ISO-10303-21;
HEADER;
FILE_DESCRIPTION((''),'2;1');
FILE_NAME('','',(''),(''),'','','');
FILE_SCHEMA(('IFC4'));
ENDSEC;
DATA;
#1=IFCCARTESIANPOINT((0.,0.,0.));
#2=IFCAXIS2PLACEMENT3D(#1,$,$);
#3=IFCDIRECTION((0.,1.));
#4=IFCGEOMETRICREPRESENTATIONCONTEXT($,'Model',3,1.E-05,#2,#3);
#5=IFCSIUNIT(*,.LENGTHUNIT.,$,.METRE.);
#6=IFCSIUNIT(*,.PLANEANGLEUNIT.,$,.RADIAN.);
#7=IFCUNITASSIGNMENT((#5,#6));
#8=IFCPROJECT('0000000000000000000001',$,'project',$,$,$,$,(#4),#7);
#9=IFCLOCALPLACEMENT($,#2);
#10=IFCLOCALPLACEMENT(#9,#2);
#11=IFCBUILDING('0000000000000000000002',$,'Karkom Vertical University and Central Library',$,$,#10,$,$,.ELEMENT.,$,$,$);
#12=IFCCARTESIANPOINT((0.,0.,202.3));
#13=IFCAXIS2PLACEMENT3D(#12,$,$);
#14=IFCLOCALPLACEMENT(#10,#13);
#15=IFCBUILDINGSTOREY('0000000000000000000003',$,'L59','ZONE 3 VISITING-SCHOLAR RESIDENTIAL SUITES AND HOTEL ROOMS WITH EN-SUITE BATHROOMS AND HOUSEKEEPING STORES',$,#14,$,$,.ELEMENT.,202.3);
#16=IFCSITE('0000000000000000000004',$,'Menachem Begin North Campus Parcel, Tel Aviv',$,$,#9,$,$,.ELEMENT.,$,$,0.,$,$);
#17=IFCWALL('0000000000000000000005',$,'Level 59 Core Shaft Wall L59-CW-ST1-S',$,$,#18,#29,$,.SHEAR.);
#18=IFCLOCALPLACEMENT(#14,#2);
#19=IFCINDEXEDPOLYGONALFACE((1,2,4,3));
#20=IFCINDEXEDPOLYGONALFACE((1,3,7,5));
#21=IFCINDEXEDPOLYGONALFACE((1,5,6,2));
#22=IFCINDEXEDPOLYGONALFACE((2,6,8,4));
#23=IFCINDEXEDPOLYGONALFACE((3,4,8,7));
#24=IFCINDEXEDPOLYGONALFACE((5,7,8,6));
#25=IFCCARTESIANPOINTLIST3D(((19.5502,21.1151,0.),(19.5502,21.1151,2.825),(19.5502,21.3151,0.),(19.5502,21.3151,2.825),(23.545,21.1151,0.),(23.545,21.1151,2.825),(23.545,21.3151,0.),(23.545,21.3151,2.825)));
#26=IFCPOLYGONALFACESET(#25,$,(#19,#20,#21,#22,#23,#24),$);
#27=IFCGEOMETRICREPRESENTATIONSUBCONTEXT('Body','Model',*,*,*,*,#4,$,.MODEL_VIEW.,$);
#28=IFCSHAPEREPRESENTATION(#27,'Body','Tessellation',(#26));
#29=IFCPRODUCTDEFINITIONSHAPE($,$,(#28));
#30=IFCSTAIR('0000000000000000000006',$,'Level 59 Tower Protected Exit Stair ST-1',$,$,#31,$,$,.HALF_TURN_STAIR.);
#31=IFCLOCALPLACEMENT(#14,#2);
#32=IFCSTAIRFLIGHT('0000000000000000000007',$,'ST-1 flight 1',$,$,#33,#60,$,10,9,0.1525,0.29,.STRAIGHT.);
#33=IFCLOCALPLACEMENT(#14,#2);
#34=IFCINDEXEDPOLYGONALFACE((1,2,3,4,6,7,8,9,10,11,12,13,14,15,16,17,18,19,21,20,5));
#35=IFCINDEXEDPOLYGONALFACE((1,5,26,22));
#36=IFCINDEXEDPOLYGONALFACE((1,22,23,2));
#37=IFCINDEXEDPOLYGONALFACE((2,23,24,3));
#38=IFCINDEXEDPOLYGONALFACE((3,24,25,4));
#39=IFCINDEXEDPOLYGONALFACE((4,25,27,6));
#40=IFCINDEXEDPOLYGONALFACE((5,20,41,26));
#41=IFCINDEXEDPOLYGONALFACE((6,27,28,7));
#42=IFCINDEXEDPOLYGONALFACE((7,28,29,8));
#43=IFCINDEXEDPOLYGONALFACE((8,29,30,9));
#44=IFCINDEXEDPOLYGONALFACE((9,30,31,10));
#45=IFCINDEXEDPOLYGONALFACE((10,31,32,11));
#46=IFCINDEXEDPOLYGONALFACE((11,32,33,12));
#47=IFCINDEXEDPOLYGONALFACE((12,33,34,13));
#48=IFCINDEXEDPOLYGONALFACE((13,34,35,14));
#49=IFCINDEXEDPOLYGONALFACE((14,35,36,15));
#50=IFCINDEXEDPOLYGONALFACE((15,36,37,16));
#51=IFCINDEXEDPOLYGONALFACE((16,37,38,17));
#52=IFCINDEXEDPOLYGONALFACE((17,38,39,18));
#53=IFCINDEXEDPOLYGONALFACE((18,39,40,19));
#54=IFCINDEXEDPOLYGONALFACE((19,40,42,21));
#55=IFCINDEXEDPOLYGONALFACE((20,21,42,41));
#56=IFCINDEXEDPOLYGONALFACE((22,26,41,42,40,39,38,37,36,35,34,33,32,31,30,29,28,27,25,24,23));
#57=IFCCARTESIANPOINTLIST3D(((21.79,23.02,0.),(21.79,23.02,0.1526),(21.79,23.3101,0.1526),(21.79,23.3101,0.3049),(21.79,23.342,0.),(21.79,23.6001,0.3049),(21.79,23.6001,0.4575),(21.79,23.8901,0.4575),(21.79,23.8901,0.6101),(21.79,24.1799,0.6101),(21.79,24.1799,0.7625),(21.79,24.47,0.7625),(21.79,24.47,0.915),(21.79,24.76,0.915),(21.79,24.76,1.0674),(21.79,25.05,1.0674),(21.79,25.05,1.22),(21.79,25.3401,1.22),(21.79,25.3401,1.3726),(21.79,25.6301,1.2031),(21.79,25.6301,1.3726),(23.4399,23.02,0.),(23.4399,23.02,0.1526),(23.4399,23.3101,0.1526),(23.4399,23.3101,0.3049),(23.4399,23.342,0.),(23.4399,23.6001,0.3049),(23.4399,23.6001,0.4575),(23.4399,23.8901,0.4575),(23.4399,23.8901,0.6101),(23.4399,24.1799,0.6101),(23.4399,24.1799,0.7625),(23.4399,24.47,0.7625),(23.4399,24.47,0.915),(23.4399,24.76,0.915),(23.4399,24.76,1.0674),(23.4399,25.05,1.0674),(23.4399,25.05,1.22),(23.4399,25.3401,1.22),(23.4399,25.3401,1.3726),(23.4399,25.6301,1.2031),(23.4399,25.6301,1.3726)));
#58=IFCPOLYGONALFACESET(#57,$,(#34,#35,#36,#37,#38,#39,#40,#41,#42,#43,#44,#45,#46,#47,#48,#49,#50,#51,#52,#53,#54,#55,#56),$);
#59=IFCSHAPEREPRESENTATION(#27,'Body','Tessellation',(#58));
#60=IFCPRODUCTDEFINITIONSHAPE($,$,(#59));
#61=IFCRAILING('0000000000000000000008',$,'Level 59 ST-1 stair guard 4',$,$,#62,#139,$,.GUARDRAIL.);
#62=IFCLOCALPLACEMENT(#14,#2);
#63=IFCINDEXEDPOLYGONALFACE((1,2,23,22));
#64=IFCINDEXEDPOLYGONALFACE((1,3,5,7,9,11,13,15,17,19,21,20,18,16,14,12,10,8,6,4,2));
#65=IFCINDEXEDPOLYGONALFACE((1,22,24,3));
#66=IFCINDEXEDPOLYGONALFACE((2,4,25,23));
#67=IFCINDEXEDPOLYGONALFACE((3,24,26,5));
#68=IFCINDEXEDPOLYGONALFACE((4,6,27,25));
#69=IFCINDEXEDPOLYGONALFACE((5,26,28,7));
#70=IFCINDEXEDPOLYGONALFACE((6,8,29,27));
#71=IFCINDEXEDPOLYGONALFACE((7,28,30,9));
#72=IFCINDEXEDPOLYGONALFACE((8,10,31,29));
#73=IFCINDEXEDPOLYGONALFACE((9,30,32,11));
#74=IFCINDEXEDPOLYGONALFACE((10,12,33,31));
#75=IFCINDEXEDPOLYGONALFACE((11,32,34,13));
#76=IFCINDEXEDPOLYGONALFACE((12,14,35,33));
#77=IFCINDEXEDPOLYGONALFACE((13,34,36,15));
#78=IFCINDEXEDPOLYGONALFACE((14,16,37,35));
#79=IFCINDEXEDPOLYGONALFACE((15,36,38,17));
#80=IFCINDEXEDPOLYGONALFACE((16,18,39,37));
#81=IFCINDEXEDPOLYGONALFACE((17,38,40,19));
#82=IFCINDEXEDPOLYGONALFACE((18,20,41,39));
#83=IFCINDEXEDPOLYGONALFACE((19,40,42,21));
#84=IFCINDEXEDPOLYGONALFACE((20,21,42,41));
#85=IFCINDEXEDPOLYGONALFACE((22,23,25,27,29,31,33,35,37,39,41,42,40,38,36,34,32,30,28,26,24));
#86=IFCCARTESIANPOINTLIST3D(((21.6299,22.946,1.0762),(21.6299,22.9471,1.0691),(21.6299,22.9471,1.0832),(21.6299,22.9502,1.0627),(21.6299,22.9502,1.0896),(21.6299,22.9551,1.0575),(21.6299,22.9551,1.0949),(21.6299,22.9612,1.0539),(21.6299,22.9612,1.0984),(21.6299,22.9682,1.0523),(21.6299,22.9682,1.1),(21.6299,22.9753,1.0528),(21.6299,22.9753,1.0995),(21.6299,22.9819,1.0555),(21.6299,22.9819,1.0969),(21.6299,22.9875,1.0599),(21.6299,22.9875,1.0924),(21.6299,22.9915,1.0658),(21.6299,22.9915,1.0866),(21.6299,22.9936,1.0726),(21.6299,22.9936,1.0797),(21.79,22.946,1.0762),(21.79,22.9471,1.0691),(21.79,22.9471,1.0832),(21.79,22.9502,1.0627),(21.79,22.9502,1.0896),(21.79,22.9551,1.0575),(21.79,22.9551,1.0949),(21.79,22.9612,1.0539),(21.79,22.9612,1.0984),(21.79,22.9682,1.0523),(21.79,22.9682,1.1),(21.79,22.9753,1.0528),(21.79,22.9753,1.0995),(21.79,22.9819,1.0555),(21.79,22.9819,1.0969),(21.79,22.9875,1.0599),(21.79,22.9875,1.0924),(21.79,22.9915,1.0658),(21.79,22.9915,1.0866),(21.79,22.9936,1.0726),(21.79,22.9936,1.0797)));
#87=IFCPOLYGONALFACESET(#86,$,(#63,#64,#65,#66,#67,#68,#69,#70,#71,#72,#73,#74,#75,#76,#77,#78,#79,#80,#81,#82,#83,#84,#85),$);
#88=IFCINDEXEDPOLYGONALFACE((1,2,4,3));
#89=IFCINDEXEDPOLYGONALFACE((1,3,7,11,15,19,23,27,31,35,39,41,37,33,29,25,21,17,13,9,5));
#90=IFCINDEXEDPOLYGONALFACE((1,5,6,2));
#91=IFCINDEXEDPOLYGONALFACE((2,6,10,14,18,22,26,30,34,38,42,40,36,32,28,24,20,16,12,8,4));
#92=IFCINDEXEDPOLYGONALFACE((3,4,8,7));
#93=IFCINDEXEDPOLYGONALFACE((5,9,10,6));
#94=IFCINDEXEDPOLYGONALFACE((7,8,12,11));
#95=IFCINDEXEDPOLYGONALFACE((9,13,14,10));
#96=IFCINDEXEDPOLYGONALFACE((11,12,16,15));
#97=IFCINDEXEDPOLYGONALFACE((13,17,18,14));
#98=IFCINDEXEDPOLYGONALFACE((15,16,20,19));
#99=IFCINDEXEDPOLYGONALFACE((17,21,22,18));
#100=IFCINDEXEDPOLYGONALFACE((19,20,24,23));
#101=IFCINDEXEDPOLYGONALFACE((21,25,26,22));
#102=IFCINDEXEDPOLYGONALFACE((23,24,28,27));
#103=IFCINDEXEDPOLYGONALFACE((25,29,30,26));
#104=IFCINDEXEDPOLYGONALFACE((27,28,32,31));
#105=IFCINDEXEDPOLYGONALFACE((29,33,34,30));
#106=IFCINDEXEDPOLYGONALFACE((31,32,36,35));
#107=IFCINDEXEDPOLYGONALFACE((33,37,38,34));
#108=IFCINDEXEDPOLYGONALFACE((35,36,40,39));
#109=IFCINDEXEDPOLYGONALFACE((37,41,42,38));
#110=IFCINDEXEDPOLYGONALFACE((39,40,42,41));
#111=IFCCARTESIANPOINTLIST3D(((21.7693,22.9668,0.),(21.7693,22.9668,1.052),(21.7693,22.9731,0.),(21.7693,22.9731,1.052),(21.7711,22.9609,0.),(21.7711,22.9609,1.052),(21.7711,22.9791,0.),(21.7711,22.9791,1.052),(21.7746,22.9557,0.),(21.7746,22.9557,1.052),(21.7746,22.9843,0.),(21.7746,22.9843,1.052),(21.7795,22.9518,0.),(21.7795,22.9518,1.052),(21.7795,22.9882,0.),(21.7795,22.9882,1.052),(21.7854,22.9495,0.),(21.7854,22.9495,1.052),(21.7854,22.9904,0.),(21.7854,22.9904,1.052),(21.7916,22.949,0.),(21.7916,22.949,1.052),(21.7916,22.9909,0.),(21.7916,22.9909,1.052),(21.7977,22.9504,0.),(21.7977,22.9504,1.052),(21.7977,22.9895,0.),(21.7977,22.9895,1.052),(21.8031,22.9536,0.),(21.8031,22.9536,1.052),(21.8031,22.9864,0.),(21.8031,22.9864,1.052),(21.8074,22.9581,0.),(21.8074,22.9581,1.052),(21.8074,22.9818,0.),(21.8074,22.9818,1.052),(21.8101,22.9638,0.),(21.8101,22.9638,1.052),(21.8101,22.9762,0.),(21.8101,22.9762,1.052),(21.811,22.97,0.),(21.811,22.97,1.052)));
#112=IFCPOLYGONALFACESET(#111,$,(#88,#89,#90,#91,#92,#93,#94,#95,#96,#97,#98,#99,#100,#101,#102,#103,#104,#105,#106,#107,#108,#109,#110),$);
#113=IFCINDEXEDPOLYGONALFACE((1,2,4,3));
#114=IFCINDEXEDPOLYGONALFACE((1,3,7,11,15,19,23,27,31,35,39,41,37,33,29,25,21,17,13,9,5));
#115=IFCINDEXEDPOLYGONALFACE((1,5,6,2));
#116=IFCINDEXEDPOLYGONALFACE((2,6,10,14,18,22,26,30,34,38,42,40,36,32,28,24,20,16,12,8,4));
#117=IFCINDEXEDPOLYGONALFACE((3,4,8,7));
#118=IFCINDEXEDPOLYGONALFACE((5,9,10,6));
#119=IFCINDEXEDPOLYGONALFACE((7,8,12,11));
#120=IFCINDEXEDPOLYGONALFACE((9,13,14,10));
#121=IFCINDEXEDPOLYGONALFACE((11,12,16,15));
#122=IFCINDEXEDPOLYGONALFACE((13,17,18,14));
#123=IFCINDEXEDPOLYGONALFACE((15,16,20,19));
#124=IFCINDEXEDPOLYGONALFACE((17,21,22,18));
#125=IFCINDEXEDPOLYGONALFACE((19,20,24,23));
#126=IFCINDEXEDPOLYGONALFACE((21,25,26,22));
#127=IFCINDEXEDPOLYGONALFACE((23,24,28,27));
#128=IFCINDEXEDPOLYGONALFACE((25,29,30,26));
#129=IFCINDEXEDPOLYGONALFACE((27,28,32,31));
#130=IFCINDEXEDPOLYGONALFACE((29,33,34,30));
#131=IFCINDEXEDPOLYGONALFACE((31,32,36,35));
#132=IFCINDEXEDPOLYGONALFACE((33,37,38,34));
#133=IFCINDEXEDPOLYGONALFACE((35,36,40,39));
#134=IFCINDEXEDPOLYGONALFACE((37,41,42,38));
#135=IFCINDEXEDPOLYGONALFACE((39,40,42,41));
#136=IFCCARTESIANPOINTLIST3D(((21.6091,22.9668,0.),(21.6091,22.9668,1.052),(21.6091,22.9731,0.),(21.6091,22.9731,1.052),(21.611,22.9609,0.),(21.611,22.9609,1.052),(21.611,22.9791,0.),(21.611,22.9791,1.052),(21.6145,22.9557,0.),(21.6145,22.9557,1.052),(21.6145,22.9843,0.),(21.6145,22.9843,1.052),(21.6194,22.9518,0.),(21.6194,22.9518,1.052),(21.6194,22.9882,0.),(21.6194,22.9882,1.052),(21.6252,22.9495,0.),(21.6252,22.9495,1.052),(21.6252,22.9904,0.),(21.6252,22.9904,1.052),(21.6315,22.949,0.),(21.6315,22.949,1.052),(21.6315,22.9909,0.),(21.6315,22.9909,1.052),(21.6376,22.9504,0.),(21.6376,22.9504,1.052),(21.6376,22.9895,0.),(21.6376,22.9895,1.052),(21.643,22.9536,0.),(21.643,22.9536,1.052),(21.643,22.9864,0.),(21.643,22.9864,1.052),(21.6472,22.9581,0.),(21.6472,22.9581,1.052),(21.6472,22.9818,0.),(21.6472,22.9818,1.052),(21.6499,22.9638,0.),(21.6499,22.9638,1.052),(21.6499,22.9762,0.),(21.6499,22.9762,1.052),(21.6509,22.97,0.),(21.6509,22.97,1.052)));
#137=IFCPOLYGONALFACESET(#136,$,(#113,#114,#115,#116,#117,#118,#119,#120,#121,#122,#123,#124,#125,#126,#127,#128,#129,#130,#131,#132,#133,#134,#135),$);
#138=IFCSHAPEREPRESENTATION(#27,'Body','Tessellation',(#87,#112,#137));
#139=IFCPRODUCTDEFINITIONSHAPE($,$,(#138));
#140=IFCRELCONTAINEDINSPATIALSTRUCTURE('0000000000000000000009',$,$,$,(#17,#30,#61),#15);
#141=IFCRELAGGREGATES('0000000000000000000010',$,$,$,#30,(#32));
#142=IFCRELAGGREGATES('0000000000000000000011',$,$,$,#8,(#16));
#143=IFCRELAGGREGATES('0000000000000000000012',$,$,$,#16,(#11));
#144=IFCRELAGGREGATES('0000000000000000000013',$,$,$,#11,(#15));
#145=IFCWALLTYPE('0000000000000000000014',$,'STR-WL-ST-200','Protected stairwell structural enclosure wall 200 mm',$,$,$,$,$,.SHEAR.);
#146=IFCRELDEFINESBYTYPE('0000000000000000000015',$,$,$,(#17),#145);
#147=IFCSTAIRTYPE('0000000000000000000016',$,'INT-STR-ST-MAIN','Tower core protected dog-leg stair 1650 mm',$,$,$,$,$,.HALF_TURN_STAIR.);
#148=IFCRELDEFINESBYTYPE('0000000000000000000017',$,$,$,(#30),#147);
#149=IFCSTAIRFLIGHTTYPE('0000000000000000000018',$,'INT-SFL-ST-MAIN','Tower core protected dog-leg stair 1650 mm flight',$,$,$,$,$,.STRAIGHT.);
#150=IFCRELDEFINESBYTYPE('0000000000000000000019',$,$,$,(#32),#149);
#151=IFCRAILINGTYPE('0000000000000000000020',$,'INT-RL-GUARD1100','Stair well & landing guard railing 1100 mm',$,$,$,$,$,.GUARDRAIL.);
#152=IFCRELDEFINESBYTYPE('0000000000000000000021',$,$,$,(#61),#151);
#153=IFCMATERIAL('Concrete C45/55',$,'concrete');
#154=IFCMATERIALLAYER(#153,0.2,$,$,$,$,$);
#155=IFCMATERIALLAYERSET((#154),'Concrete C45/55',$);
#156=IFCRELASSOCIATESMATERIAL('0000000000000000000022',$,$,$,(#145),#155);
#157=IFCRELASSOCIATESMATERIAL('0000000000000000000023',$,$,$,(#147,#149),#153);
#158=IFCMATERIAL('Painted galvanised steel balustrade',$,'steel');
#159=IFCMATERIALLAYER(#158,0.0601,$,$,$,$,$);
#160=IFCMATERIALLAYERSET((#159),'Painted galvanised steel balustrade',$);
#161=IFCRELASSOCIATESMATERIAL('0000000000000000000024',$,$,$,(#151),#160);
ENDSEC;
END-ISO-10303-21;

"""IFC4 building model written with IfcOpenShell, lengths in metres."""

from ifc_helpers import new_model, si_unit, direction, frame, frame_2d, origin, origin_2d, place, context, subcontext, project, spatial, polyline, rectangle, circle, outline, extrude, material, layer, layer_set, type_object, element, aggregate, save


model = new_model("IFC4")

# Units and contexts
model_context = context("Model", 3, precision=1e-05, world=origin(), true_north=direction((0.0, 1.0)))
body_context = subcontext(model_context, "Body", "Model", "MODEL_VIEW")
ifc_project = project(units=[si_unit("LENGTHUNIT", "METRE"), si_unit("PLANEANGLEUNIT", "RADIAN")], contexts=[model_context])

# Site, building, storey
site_placement = place(None, origin())
site = spatial("IfcSite", under=ifc_project, at=site_placement, Name="Menachem Begin North Campus Parcel, Tel Aviv", CompositionType="ELEMENT", RefElevation=0.0)
building_placement = place(site_placement, origin())
building = spatial("IfcBuilding", under=site, at=building_placement, Name="Karkom Vertical University and Central Library", CompositionType="ELEMENT")
storey_placement = place(building_placement, frame((0.0, 0.0, 202.3)))
storey = spatial("IfcBuildingStorey", under=building, at=storey_placement, Name="L59", Description="ZONE 3 VISITING-SCHOLAR RESIDENTIAL SUITES AND HOTEL ROOMS WITH EN-SUITE BATHROOMS AND HOUSEKEEPING STORES", CompositionType="ELEMENT", Elevation=202.3)

# Shared definitions
ifc_material_1 = material(Name="Concrete C45/55", Category="concrete")
ifc_layer_1 = layer(ifc_material_1, 0.2)
ifc_layer_set_1 = layer_set([ifc_layer_1], Name="Concrete C45/55")
wall_type_1 = type_object("IfcWallType", Name="STR-WL-ST-200", Description="Protected stairwell structural enclosure wall 200 mm", PredefinedType="SHEAR", material=ifc_layer_set_1)

# Wall
wall_1_placement = place(storey_placement, frame((19.55, 21.2151, 0.0), z_axis=(0.0, 0.0, 1.0), x_axis=(1.0, 0.0, 0.0)))
element("IfcWall", 1, at=wall_1_placement, inside=storey, type_object=wall_type_1, Name="Level 59 Core Shaft Wall L59-CW-ST1-S", PredefinedType="SHEAR", context=body_context, shape_type="SweptSolid", body=[
    extrude(rectangle(XDim=3.9949, YDim=0.2, at=frame_2d((1.9976, 0.0))), origin(), (0.0, 0.0, 1.0), 2.825),
])

# Stair, stair flight
stair_type = type_object("IfcStairType", Name="INT-STR-ST-MAIN", Description="Tower core protected dog-leg stair 1650 mm", PredefinedType="HALF_TURN_STAIR", material=ifc_material_1)
stair_placement = place(storey_placement, origin())
stair = element("IfcStair", 2, at=stair_placement, inside=storey, type_object=stair_type, Name="Level 59 Tower Protected Exit Stair ST-1", PredefinedType="HALF_TURN_STAIR")
stair_flight_type = type_object("IfcStairFlightType", Name="INT-SFL-ST-MAIN", Description="Tower core protected dog-leg stair 1650 mm flight", PredefinedType="STRAIGHT", material=ifc_material_1)
stair_flight_placement = place(storey_placement, frame((22.615, 23.02, 0.0), z_axis=(0.0, 0.0, 1.0), x_axis=(0.0, 1.0, 0.0)))
stair_flight = element("IfcStairFlight", 3, at=stair_flight_placement, type_object=stair_flight_type, Name="ST-1 flight 1", NumberOfRisers=10, NumberOfTreads=9, PredefinedType="STRAIGHT", RiserHeight=0.1525, TreadLength=0.29, context=body_context, shape_type="SweptSolid", body=[
    extrude(outline(polyline([(0.0, 0.0), (0.0, 0.1526), (0.29, 0.1526), (0.29, 0.3049), (0.5801, 0.3049), (0.5801, 0.4575), (0.8701, 0.4575), (0.8701, 0.6101), (1.1599, 0.6101), (1.1599, 0.7625), (1.45, 0.7625), (1.45, 0.915), (1.74, 0.915), (1.74, 1.0674), (2.03, 1.0674), (2.03, 1.22), (2.3201, 1.22), (2.3201, 1.3726), (2.6101, 1.3726), (2.6101, 1.5249), (2.6101, 1.2031), (0.322, 0.0), (0.0, 0.0)])), frame((0.0, 0.825, 0.0), z_axis=(0.0, -1.0, 0.0), x_axis=(1.0, 0.0, 0.0)), (0.0, 0.0, 1.0), 1.6499),
])
aggregate(stair, [stair_flight])

# Railing
ifc_material_2 = material(Name="Painted galvanised steel balustrade", Category="steel")
ifc_layer_2 = layer(ifc_material_2, 0.0601)
ifc_layer_set_2 = layer_set([ifc_layer_2], Name="Painted galvanised steel balustrade")
railing_type = type_object("IfcRailingType", Name="INT-RL-GUARD1100", Description="Stair well & landing guard railing 1100 mm", PredefinedType="GUARDRAIL", material=ifc_layer_set_2)
railing_placement = place(storey_placement, frame((21.79, 22.97, 0.0)))
element("IfcRailing", 4, at=railing_placement, inside=storey, type_object=railing_type, Name="Level 59 ST-1 stair guard 4", PredefinedType="GUARDRAIL", context=body_context, shape_type="SweptSolid", body=[
    extrude(circle(Radius=0.0239, at=origin_2d()), frame((0.0, 0.0, 1.0762), z_axis=(-1.0, 0.0, 0.0), x_axis=(0.0, -1.0, 0.0)), (0.0, 0.0, 1.0), 0.1602),
    extrude(circle(Radius=0.021, at=origin_2d()), origin(), (0.0, 0.0, 1.0), 1.052),
    extrude(circle(Radius=0.021, at=origin_2d()), frame((-0.1602, 0.0, 0.0)), (0.0, 0.0, 1.0), 1.052),
])

save(model, "model.ifc")
